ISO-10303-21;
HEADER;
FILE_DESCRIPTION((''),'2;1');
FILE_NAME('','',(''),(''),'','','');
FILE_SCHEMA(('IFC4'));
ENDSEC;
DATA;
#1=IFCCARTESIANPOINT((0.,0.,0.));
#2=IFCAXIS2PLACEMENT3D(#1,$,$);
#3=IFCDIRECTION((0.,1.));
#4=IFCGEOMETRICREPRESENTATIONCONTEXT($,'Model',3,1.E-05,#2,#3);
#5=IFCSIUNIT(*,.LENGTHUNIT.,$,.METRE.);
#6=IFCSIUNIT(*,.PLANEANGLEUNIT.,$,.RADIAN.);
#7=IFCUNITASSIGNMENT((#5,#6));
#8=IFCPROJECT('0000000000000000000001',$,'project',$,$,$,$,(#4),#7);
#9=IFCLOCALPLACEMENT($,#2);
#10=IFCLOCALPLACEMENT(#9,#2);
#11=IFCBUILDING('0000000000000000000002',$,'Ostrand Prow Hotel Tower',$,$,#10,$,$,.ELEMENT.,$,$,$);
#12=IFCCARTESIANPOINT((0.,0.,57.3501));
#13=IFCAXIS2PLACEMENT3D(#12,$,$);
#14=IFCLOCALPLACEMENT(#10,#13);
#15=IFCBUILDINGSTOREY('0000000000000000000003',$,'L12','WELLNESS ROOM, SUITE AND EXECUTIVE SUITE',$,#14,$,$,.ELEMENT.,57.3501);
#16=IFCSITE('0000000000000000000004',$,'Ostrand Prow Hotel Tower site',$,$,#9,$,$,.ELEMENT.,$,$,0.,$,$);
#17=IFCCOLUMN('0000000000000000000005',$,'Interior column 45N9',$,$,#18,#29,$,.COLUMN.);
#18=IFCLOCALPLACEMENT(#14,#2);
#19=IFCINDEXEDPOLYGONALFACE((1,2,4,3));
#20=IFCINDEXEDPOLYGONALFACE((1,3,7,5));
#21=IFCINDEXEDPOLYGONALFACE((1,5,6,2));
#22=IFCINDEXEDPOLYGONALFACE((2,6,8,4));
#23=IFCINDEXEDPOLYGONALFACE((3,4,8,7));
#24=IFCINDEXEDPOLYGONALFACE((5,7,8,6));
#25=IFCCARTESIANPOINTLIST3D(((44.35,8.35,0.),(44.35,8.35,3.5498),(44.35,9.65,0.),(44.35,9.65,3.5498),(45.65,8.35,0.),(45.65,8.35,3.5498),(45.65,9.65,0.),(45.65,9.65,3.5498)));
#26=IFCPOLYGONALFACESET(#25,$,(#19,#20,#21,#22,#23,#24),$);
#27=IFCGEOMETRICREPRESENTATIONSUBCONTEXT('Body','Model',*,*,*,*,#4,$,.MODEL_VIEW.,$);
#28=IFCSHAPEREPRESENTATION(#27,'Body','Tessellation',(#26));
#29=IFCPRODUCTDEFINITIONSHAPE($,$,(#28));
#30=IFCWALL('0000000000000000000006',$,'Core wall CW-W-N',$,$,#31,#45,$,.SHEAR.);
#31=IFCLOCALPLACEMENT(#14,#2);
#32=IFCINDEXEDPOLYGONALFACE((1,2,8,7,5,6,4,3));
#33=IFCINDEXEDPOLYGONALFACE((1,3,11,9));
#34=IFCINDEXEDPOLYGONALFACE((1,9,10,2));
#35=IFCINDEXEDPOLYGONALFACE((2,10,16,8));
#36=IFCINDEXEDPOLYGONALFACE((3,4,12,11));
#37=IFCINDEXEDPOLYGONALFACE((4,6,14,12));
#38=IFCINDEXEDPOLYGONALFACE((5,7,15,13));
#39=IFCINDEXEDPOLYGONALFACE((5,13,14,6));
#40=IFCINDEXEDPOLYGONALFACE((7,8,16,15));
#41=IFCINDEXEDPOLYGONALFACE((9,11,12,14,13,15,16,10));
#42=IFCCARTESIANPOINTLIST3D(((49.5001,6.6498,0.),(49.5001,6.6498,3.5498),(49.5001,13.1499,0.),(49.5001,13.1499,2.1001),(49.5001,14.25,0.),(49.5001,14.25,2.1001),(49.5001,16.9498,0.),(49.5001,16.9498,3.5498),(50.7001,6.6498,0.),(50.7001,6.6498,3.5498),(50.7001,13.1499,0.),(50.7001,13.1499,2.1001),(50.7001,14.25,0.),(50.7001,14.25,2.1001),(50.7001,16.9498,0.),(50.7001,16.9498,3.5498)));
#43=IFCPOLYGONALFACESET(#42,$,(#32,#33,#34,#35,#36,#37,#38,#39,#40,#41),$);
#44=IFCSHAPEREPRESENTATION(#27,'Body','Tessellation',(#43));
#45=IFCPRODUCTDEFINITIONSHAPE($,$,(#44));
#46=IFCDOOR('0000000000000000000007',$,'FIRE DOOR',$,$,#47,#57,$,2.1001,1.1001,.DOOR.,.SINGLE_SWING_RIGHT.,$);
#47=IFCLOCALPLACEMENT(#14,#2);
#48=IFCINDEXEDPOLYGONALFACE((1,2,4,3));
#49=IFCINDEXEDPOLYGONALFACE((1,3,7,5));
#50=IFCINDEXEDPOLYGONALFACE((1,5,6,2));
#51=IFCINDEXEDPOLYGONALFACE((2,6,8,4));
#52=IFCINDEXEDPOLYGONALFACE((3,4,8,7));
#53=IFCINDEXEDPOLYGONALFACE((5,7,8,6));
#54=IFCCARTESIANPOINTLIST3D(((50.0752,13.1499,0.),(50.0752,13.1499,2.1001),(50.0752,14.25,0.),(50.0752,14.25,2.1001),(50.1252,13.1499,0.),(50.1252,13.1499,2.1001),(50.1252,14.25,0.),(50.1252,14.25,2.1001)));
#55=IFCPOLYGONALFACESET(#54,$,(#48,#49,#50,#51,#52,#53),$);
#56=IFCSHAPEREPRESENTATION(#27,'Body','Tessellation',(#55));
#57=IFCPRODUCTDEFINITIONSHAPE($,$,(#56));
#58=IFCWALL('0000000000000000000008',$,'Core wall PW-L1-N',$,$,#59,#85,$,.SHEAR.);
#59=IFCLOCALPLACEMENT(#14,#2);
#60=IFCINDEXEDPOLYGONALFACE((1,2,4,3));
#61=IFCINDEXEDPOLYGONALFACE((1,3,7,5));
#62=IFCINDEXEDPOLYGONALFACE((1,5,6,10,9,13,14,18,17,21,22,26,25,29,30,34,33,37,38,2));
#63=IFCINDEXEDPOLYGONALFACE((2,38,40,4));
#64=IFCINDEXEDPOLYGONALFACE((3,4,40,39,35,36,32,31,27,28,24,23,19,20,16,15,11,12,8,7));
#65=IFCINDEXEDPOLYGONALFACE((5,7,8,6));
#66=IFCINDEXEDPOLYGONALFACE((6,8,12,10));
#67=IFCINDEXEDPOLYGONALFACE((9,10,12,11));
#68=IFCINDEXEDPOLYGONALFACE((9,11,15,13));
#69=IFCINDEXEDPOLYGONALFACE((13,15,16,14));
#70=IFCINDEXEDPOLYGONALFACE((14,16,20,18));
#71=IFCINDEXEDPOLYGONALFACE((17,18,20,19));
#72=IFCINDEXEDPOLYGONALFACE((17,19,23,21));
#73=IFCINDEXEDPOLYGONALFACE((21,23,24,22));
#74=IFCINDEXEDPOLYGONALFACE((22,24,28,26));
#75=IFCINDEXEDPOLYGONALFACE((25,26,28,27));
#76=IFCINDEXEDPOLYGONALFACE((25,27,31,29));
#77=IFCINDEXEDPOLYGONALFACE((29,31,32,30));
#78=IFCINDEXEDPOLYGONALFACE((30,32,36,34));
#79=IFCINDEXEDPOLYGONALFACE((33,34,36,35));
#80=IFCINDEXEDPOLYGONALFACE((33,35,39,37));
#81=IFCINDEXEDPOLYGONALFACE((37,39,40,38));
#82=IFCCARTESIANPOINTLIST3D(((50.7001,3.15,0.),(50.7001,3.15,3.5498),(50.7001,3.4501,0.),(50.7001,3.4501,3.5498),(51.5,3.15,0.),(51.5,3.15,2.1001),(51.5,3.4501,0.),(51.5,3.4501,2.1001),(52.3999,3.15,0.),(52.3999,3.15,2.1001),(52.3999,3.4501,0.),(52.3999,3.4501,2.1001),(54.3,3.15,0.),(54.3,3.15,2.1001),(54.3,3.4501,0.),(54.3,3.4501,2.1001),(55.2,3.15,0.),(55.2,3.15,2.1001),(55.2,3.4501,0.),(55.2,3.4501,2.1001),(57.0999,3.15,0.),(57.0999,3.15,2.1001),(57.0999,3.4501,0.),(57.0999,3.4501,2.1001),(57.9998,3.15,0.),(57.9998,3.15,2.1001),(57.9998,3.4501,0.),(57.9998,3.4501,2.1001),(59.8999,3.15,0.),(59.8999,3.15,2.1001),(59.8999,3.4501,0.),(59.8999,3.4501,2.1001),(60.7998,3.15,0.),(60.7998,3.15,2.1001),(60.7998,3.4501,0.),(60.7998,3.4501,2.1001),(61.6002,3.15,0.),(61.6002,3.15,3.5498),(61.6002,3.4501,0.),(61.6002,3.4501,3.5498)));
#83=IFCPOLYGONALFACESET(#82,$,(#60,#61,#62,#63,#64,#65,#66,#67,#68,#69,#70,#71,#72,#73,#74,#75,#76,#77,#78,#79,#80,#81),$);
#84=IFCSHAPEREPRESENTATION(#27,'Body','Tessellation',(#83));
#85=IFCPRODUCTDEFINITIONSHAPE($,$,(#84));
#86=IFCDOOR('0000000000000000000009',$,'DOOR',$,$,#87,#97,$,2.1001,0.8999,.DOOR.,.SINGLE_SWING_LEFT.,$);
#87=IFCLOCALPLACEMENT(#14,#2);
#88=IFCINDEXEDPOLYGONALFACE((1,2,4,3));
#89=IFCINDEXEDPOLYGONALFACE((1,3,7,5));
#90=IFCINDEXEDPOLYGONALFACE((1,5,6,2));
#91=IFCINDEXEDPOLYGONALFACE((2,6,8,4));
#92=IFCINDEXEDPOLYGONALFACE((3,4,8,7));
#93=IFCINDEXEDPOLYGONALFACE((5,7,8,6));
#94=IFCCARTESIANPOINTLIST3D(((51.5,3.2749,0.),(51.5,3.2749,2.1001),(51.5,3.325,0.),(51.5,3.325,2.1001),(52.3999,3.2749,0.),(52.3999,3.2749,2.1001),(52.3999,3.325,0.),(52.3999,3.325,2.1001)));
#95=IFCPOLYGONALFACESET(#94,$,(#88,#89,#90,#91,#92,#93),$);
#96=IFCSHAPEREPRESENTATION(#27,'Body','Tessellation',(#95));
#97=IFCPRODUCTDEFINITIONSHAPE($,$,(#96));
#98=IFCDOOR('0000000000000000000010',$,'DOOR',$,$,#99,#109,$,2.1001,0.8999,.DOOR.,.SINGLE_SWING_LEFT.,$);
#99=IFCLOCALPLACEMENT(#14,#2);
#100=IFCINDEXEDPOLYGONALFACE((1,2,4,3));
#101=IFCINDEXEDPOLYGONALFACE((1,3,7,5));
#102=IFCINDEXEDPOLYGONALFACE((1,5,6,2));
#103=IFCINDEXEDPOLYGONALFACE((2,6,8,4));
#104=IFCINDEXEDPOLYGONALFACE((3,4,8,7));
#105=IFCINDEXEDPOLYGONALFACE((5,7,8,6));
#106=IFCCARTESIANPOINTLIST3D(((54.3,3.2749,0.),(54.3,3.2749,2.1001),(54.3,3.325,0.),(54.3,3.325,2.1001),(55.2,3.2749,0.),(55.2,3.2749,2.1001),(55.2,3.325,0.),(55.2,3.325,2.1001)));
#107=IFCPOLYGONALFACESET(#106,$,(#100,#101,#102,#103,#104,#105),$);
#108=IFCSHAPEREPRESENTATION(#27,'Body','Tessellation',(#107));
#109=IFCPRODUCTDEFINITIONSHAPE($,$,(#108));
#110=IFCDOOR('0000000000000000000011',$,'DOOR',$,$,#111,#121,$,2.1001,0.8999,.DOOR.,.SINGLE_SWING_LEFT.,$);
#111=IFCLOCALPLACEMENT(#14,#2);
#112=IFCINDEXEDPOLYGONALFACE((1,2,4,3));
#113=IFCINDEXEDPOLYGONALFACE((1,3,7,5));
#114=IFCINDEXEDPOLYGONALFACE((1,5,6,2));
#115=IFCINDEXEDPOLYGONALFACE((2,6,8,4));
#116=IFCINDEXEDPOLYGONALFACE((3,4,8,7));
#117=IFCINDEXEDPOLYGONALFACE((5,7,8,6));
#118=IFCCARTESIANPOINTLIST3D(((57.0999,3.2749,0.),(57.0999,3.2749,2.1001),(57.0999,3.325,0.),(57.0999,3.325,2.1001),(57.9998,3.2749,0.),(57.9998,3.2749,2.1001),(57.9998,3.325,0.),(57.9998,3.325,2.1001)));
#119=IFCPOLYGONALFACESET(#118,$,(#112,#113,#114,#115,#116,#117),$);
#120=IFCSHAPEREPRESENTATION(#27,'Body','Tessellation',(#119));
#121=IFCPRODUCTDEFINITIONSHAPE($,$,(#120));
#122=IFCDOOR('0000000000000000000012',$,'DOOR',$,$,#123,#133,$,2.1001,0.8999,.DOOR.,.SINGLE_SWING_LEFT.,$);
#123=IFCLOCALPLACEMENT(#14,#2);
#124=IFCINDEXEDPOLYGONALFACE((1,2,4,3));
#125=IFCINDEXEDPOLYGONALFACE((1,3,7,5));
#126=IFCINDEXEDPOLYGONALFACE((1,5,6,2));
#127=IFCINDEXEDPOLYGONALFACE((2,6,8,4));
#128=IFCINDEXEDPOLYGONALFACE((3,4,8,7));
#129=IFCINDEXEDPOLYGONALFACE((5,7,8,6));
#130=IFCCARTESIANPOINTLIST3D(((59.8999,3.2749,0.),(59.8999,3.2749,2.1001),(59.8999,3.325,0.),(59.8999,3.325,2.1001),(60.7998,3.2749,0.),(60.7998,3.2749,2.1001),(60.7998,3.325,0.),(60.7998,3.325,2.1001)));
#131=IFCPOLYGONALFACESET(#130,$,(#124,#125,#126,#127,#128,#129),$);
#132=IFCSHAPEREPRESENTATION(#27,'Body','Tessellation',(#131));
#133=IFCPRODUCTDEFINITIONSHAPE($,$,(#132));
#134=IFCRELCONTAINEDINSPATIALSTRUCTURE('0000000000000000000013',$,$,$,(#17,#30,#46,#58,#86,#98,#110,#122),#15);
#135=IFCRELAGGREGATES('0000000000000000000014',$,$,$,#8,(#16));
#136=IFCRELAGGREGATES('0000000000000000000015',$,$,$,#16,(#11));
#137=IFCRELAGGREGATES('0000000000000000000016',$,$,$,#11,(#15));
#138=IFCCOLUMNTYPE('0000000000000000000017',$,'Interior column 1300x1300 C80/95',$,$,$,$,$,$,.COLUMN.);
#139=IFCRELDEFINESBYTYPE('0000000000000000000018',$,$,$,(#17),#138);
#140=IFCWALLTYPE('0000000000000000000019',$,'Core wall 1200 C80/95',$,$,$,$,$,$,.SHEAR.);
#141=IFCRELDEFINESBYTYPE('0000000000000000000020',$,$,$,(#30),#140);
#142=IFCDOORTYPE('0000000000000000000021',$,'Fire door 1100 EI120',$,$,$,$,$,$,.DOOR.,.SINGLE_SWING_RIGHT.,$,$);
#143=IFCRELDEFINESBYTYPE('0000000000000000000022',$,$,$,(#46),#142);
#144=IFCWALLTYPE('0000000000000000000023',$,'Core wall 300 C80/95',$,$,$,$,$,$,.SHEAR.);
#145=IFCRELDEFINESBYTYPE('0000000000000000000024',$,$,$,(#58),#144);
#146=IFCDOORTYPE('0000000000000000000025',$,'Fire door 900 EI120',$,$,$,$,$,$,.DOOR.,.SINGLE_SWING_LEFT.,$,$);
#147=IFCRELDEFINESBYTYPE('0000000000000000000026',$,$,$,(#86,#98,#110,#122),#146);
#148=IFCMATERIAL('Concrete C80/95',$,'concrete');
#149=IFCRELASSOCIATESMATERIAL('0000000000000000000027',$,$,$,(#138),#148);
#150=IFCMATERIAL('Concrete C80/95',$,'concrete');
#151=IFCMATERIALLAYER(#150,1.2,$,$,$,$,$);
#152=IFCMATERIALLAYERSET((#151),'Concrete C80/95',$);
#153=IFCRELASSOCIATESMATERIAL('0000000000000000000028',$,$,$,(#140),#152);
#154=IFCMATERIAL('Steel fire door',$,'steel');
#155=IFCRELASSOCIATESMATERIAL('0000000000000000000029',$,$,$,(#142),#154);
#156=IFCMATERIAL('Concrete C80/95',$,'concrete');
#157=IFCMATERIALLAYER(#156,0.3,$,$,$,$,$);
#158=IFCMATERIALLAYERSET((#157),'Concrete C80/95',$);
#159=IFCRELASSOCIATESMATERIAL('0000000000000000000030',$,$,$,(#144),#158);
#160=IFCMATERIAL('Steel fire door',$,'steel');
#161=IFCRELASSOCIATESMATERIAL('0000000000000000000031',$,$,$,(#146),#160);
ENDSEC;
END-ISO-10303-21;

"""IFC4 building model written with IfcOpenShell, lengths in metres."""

from ifc_helpers import new_model, si_unit, direction, frame, frame_2d, origin, origin_2d, place, context, subcontext, project, spatial, rectangle, extrude, material, layer, layer_set, material_profile, profile_set, type_object, element, fill, save


model = new_model("IFC4")

# Units and contexts
model_context = context("Model", 3, precision=1e-05, world=origin(), true_north=direction((0.0, 1.0)))
body_context = subcontext(model_context, "Body", "Model", "MODEL_VIEW")
ifc_project = project(units=[si_unit("LENGTHUNIT", "METRE"), si_unit("PLANEANGLEUNIT", "RADIAN")], contexts=[model_context])

# Site, building, storey
site_placement = place(None, origin())
site = spatial("IfcSite", under=ifc_project, at=site_placement, Name="Ostrand Prow Hotel Tower site", CompositionType="ELEMENT", RefElevation=0.0)
building_placement = place(site_placement, origin())
building = spatial("IfcBuilding", under=site, at=building_placement, Name="Ostrand Prow Hotel Tower", CompositionType="ELEMENT")
storey_placement = place(building_placement, frame((0.0, 0.0, 57.3501)))
storey = spatial("IfcBuildingStorey", under=building, at=storey_placement, Name="L12", Description="WELLNESS ROOM, SUITE AND EXECUTIVE SUITE", CompositionType="ELEMENT", Elevation=57.3501)

# Column
ifc_material_1 = material(Name="Concrete C80/95", Category="concrete")
ifc_material_profile = material_profile(ifc_material_1, rectangle(XDim=1.3, YDim=1.3, at=origin_2d()), Name="RC 1300x1300")
ifc_profile_set = profile_set([ifc_material_profile], Name="Concrete C80/95")
column_type = type_object("IfcColumnType", Name="Interior column 1300x1300 C80/95", PredefinedType="COLUMN", material=ifc_profile_set)
column_placement = place(storey_placement, frame((45.0, 9.0, 0.0), z_axis=(0.0, 0.0, 1.0), x_axis=(1.0, 0.0, 0.0)))
element("IfcColumn", 1, at=column_placement, inside=storey, type_object=column_type, Name="Interior column 45N9", PredefinedType="COLUMN", context=body_context, shape_type="SweptSolid", body=[
    extrude(rectangle(XDim=1.3, YDim=1.3, at=origin_2d()), origin(), (0.0, 0.0, 1.0), 3.5498),
])

# Wall, opening, door
ifc_material_2 = material(Name="Concrete C80/95", Category="concrete")
ifc_layer_1 = layer(ifc_material_2, 1.2)
ifc_layer_set_1 = layer_set([ifc_layer_1], Name="Concrete C80/95")
wall_type_1 = type_object("IfcWallType", Name="Core wall 1200 C80/95", PredefinedType="SHEAR", material=ifc_layer_set_1)
wall_1_placement = place(storey_placement, frame((50.1001, 6.6499, 0.0), z_axis=(0.0, 0.0, 1.0), x_axis=(0.0, 1.0, 0.0)))
wall_1 = element("IfcWall", 2, at=wall_1_placement, inside=storey, type_object=wall_type_1, Name="Core wall CW-W-N", PredefinedType="SHEAR", context=body_context, shape_type="SweptSolid", body=[
    extrude(rectangle(XDim=10.3, YDim=1.2, at=frame_2d((5.1499, 0.0))), origin(), (0.0, 0.0, 1.0), 3.5498),
])
opening_1_placement = place(wall_1_placement, frame((6.5, 0.0, 0.0)))
opening_1 = element("IfcOpeningElement", 3, at=opening_1_placement, cuts=wall_1, PredefinedType="OPENING", context=body_context, shape_type="SweptSolid", body=[
    extrude(rectangle(XDim=1.1001, YDim=2.1001, at=frame_2d((0.55, 1.05))), frame((0.0, 0.6099, 0.0), z_axis=(0.0, -1.0, 0.0), x_axis=(1.0, 0.0, 0.0)), (0.0, 0.0, 1.0), 1.22),
])
ifc_material_3 = material(Name="Steel fire door", Category="steel")
door_type_1 = type_object("IfcDoorType", Name="Fire door 1100 EI120", OperationType="SINGLE_SWING_RIGHT", PredefinedType="DOOR", material=ifc_material_3)
door_1_placement = place(opening_1_placement, origin())
door_1 = element("IfcDoor", 4, at=door_1_placement, inside=storey, type_object=door_type_1, Name="FIRE DOOR", OperationType="SINGLE_SWING_RIGHT", OverallHeight=2.1001, OverallWidth=1.1001, PredefinedType="DOOR", context=body_context, shape_type="SweptSolid", body=[
    extrude(rectangle(XDim=1.1001, YDim=2.1001, at=frame_2d((0.55, 1.05))), frame((0.0, 0.0249, 0.0), z_axis=(0.0, -1.0, 0.0), x_axis=(1.0, 0.0, 0.0)), (0.0, 0.0, 1.0), 0.05),
])
fill(opening_1, door_1)

# Wall, openings, doors
ifc_material_4 = material(Name="Concrete C80/95", Category="concrete")
ifc_layer_2 = layer(ifc_material_4, 0.3)
ifc_layer_set_2 = layer_set([ifc_layer_2], Name="Concrete C80/95")
wall_type_2 = type_object("IfcWallType", Name="Core wall 300 C80/95", PredefinedType="SHEAR", material=ifc_layer_set_2)
wall_2_placement = place(storey_placement, frame((50.7, 3.3, 0.0), z_axis=(0.0, 0.0, 1.0), x_axis=(1.0, 0.0, 0.0)))
wall_2 = element("IfcWall", 5, at=wall_2_placement, inside=storey, type_object=wall_type_2, Name="Core wall PW-L1-N", PredefinedType="SHEAR", context=body_context, shape_type="SweptSolid", body=[
    extrude(rectangle(XDim=10.9001, YDim=0.3, at=frame_2d((5.4502, 0.0))), origin(), (0.0, 0.0, 1.0), 3.5498),
])
opening_2_placement = place(wall_2_placement, frame((0.8, 0.0, 0.0)))
opening_2 = element("IfcOpeningElement", 6, at=opening_2_placement, cuts=wall_2, PredefinedType="OPENING", context=body_context, shape_type="SweptSolid", body=[
    extrude(rectangle(XDim=0.8999, YDim=2.1001, at=frame_2d((0.45, 1.05))), frame((0.0, 0.1599, 0.0), z_axis=(0.0, -1.0, 0.0), x_axis=(1.0, 0.0, 0.0)), (0.0, 0.0, 1.0), 0.3201),
])
opening_3_placement = place(wall_2_placement, frame((3.6001, 0.0, 0.0)))
opening_3 = element("IfcOpeningElement", 7, at=opening_3_placement, cuts=wall_2, PredefinedType="OPENING", context=body_context, shape_type="SweptSolid", body=[
    extrude(rectangle(XDim=0.8999, YDim=2.1001, at=frame_2d((0.45, 1.05))), frame((0.0, 0.1599, 0.0), z_axis=(0.0, -1.0, 0.0), x_axis=(1.0, 0.0, 0.0)), (0.0, 0.0, 1.0), 0.3201),
])
opening_4_placement = place(wall_2_placement, frame((6.3999, 0.0, 0.0)))
opening_4 = element("IfcOpeningElement", 8, at=opening_4_placement, cuts=wall_2, PredefinedType="OPENING", context=body_context, shape_type="SweptSolid", body=[
    extrude(rectangle(XDim=0.8999, YDim=2.1001, at=frame_2d((0.45, 1.05))), frame((0.0, 0.1599, 0.0), z_axis=(0.0, -1.0, 0.0), x_axis=(1.0, 0.0, 0.0)), (0.0, 0.0, 1.0), 0.3201),
])
opening_5_placement = place(wall_2_placement, frame((9.2, 0.0, 0.0)))
opening_5 = element("IfcOpeningElement", 9, at=opening_5_placement, cuts=wall_2, PredefinedType="OPENING", context=body_context, shape_type="SweptSolid", body=[
    extrude(rectangle(XDim=0.8999, YDim=2.1001, at=frame_2d((0.45, 1.05))), frame((0.0, 0.1599, 0.0), z_axis=(0.0, -1.0, 0.0), x_axis=(1.0, 0.0, 0.0)), (0.0, 0.0, 1.0), 0.3201),
])
ifc_material_5 = material(Name="Steel fire door", Category="steel")
door_type_2 = type_object("IfcDoorType", Name="Fire door 900 EI120", OperationType="SINGLE_SWING_LEFT", PredefinedType="DOOR", material=ifc_material_5)
door_2_placement = place(opening_2_placement, origin())
door_2 = element("IfcDoor", 10, at=door_2_placement, inside=storey, type_object=door_type_2, Name="DOOR", OperationType="SINGLE_SWING_LEFT", OverallHeight=2.1001, OverallWidth=0.8999, PredefinedType="DOOR", context=body_context, shape_type="SweptSolid", body=[
    extrude(rectangle(XDim=0.8999, YDim=2.1001, at=frame_2d((0.45, 1.05))), frame((0.0, 0.0249, 0.0), z_axis=(0.0, -1.0, 0.0), x_axis=(1.0, 0.0, 0.0)), (0.0, 0.0, 1.0), 0.05),
])
fill(opening_2, door_2)
door_3_placement = place(opening_3_placement, origin())
door_3 = element("IfcDoor", 11, at=door_3_placement, inside=storey, type_object=door_type_2, Name="DOOR", OperationType="SINGLE_SWING_LEFT", OverallHeight=2.1001, OverallWidth=0.8999, PredefinedType="DOOR", context=body_context, shape_type="SweptSolid", body=[
    extrude(rectangle(XDim=0.8999, YDim=2.1001, at=frame_2d((0.45, 1.05))), frame((0.0, 0.0249, 0.0), z_axis=(0.0, -1.0, 0.0), x_axis=(1.0, 0.0, 0.0)), (0.0, 0.0, 1.0), 0.05),
])
fill(opening_3, door_3)
door_4_placement = place(opening_4_placement, origin())
door_4 = element("IfcDoor", 12, at=door_4_placement, inside=storey, type_object=door_type_2, Name="DOOR", OperationType="SINGLE_SWING_LEFT", OverallHeight=2.1001, OverallWidth=0.8999, PredefinedType="DOOR", context=body_context, shape_type="SweptSolid", body=[
    extrude(rectangle(XDim=0.8999, YDim=2.1001, at=frame_2d((0.45, 1.05))), frame((0.0, 0.0249, 0.0), z_axis=(0.0, -1.0, 0.0), x_axis=(1.0, 0.0, 0.0)), (0.0, 0.0, 1.0), 0.05),
])
fill(opening_4, door_4)
door_5_placement = place(opening_5_placement, origin())
door_5 = element("IfcDoor", 13, at=door_5_placement, inside=storey, type_object=door_type_2, Name="DOOR", OperationType="SINGLE_SWING_LEFT", OverallHeight=2.1001, OverallWidth=0.8999, PredefinedType="DOOR", context=body_context, shape_type="SweptSolid", body=[
    extrude(rectangle(XDim=0.8999, YDim=2.1001, at=frame_2d((0.45, 1.05))), frame((0.0, 0.0249, 0.0), z_axis=(0.0, -1.0, 0.0), x_axis=(1.0, 0.0, 0.0)), (0.0, 0.0, 1.0), 0.05),
])
fill(opening_5, door_5)

save(model, "model.ifc")
